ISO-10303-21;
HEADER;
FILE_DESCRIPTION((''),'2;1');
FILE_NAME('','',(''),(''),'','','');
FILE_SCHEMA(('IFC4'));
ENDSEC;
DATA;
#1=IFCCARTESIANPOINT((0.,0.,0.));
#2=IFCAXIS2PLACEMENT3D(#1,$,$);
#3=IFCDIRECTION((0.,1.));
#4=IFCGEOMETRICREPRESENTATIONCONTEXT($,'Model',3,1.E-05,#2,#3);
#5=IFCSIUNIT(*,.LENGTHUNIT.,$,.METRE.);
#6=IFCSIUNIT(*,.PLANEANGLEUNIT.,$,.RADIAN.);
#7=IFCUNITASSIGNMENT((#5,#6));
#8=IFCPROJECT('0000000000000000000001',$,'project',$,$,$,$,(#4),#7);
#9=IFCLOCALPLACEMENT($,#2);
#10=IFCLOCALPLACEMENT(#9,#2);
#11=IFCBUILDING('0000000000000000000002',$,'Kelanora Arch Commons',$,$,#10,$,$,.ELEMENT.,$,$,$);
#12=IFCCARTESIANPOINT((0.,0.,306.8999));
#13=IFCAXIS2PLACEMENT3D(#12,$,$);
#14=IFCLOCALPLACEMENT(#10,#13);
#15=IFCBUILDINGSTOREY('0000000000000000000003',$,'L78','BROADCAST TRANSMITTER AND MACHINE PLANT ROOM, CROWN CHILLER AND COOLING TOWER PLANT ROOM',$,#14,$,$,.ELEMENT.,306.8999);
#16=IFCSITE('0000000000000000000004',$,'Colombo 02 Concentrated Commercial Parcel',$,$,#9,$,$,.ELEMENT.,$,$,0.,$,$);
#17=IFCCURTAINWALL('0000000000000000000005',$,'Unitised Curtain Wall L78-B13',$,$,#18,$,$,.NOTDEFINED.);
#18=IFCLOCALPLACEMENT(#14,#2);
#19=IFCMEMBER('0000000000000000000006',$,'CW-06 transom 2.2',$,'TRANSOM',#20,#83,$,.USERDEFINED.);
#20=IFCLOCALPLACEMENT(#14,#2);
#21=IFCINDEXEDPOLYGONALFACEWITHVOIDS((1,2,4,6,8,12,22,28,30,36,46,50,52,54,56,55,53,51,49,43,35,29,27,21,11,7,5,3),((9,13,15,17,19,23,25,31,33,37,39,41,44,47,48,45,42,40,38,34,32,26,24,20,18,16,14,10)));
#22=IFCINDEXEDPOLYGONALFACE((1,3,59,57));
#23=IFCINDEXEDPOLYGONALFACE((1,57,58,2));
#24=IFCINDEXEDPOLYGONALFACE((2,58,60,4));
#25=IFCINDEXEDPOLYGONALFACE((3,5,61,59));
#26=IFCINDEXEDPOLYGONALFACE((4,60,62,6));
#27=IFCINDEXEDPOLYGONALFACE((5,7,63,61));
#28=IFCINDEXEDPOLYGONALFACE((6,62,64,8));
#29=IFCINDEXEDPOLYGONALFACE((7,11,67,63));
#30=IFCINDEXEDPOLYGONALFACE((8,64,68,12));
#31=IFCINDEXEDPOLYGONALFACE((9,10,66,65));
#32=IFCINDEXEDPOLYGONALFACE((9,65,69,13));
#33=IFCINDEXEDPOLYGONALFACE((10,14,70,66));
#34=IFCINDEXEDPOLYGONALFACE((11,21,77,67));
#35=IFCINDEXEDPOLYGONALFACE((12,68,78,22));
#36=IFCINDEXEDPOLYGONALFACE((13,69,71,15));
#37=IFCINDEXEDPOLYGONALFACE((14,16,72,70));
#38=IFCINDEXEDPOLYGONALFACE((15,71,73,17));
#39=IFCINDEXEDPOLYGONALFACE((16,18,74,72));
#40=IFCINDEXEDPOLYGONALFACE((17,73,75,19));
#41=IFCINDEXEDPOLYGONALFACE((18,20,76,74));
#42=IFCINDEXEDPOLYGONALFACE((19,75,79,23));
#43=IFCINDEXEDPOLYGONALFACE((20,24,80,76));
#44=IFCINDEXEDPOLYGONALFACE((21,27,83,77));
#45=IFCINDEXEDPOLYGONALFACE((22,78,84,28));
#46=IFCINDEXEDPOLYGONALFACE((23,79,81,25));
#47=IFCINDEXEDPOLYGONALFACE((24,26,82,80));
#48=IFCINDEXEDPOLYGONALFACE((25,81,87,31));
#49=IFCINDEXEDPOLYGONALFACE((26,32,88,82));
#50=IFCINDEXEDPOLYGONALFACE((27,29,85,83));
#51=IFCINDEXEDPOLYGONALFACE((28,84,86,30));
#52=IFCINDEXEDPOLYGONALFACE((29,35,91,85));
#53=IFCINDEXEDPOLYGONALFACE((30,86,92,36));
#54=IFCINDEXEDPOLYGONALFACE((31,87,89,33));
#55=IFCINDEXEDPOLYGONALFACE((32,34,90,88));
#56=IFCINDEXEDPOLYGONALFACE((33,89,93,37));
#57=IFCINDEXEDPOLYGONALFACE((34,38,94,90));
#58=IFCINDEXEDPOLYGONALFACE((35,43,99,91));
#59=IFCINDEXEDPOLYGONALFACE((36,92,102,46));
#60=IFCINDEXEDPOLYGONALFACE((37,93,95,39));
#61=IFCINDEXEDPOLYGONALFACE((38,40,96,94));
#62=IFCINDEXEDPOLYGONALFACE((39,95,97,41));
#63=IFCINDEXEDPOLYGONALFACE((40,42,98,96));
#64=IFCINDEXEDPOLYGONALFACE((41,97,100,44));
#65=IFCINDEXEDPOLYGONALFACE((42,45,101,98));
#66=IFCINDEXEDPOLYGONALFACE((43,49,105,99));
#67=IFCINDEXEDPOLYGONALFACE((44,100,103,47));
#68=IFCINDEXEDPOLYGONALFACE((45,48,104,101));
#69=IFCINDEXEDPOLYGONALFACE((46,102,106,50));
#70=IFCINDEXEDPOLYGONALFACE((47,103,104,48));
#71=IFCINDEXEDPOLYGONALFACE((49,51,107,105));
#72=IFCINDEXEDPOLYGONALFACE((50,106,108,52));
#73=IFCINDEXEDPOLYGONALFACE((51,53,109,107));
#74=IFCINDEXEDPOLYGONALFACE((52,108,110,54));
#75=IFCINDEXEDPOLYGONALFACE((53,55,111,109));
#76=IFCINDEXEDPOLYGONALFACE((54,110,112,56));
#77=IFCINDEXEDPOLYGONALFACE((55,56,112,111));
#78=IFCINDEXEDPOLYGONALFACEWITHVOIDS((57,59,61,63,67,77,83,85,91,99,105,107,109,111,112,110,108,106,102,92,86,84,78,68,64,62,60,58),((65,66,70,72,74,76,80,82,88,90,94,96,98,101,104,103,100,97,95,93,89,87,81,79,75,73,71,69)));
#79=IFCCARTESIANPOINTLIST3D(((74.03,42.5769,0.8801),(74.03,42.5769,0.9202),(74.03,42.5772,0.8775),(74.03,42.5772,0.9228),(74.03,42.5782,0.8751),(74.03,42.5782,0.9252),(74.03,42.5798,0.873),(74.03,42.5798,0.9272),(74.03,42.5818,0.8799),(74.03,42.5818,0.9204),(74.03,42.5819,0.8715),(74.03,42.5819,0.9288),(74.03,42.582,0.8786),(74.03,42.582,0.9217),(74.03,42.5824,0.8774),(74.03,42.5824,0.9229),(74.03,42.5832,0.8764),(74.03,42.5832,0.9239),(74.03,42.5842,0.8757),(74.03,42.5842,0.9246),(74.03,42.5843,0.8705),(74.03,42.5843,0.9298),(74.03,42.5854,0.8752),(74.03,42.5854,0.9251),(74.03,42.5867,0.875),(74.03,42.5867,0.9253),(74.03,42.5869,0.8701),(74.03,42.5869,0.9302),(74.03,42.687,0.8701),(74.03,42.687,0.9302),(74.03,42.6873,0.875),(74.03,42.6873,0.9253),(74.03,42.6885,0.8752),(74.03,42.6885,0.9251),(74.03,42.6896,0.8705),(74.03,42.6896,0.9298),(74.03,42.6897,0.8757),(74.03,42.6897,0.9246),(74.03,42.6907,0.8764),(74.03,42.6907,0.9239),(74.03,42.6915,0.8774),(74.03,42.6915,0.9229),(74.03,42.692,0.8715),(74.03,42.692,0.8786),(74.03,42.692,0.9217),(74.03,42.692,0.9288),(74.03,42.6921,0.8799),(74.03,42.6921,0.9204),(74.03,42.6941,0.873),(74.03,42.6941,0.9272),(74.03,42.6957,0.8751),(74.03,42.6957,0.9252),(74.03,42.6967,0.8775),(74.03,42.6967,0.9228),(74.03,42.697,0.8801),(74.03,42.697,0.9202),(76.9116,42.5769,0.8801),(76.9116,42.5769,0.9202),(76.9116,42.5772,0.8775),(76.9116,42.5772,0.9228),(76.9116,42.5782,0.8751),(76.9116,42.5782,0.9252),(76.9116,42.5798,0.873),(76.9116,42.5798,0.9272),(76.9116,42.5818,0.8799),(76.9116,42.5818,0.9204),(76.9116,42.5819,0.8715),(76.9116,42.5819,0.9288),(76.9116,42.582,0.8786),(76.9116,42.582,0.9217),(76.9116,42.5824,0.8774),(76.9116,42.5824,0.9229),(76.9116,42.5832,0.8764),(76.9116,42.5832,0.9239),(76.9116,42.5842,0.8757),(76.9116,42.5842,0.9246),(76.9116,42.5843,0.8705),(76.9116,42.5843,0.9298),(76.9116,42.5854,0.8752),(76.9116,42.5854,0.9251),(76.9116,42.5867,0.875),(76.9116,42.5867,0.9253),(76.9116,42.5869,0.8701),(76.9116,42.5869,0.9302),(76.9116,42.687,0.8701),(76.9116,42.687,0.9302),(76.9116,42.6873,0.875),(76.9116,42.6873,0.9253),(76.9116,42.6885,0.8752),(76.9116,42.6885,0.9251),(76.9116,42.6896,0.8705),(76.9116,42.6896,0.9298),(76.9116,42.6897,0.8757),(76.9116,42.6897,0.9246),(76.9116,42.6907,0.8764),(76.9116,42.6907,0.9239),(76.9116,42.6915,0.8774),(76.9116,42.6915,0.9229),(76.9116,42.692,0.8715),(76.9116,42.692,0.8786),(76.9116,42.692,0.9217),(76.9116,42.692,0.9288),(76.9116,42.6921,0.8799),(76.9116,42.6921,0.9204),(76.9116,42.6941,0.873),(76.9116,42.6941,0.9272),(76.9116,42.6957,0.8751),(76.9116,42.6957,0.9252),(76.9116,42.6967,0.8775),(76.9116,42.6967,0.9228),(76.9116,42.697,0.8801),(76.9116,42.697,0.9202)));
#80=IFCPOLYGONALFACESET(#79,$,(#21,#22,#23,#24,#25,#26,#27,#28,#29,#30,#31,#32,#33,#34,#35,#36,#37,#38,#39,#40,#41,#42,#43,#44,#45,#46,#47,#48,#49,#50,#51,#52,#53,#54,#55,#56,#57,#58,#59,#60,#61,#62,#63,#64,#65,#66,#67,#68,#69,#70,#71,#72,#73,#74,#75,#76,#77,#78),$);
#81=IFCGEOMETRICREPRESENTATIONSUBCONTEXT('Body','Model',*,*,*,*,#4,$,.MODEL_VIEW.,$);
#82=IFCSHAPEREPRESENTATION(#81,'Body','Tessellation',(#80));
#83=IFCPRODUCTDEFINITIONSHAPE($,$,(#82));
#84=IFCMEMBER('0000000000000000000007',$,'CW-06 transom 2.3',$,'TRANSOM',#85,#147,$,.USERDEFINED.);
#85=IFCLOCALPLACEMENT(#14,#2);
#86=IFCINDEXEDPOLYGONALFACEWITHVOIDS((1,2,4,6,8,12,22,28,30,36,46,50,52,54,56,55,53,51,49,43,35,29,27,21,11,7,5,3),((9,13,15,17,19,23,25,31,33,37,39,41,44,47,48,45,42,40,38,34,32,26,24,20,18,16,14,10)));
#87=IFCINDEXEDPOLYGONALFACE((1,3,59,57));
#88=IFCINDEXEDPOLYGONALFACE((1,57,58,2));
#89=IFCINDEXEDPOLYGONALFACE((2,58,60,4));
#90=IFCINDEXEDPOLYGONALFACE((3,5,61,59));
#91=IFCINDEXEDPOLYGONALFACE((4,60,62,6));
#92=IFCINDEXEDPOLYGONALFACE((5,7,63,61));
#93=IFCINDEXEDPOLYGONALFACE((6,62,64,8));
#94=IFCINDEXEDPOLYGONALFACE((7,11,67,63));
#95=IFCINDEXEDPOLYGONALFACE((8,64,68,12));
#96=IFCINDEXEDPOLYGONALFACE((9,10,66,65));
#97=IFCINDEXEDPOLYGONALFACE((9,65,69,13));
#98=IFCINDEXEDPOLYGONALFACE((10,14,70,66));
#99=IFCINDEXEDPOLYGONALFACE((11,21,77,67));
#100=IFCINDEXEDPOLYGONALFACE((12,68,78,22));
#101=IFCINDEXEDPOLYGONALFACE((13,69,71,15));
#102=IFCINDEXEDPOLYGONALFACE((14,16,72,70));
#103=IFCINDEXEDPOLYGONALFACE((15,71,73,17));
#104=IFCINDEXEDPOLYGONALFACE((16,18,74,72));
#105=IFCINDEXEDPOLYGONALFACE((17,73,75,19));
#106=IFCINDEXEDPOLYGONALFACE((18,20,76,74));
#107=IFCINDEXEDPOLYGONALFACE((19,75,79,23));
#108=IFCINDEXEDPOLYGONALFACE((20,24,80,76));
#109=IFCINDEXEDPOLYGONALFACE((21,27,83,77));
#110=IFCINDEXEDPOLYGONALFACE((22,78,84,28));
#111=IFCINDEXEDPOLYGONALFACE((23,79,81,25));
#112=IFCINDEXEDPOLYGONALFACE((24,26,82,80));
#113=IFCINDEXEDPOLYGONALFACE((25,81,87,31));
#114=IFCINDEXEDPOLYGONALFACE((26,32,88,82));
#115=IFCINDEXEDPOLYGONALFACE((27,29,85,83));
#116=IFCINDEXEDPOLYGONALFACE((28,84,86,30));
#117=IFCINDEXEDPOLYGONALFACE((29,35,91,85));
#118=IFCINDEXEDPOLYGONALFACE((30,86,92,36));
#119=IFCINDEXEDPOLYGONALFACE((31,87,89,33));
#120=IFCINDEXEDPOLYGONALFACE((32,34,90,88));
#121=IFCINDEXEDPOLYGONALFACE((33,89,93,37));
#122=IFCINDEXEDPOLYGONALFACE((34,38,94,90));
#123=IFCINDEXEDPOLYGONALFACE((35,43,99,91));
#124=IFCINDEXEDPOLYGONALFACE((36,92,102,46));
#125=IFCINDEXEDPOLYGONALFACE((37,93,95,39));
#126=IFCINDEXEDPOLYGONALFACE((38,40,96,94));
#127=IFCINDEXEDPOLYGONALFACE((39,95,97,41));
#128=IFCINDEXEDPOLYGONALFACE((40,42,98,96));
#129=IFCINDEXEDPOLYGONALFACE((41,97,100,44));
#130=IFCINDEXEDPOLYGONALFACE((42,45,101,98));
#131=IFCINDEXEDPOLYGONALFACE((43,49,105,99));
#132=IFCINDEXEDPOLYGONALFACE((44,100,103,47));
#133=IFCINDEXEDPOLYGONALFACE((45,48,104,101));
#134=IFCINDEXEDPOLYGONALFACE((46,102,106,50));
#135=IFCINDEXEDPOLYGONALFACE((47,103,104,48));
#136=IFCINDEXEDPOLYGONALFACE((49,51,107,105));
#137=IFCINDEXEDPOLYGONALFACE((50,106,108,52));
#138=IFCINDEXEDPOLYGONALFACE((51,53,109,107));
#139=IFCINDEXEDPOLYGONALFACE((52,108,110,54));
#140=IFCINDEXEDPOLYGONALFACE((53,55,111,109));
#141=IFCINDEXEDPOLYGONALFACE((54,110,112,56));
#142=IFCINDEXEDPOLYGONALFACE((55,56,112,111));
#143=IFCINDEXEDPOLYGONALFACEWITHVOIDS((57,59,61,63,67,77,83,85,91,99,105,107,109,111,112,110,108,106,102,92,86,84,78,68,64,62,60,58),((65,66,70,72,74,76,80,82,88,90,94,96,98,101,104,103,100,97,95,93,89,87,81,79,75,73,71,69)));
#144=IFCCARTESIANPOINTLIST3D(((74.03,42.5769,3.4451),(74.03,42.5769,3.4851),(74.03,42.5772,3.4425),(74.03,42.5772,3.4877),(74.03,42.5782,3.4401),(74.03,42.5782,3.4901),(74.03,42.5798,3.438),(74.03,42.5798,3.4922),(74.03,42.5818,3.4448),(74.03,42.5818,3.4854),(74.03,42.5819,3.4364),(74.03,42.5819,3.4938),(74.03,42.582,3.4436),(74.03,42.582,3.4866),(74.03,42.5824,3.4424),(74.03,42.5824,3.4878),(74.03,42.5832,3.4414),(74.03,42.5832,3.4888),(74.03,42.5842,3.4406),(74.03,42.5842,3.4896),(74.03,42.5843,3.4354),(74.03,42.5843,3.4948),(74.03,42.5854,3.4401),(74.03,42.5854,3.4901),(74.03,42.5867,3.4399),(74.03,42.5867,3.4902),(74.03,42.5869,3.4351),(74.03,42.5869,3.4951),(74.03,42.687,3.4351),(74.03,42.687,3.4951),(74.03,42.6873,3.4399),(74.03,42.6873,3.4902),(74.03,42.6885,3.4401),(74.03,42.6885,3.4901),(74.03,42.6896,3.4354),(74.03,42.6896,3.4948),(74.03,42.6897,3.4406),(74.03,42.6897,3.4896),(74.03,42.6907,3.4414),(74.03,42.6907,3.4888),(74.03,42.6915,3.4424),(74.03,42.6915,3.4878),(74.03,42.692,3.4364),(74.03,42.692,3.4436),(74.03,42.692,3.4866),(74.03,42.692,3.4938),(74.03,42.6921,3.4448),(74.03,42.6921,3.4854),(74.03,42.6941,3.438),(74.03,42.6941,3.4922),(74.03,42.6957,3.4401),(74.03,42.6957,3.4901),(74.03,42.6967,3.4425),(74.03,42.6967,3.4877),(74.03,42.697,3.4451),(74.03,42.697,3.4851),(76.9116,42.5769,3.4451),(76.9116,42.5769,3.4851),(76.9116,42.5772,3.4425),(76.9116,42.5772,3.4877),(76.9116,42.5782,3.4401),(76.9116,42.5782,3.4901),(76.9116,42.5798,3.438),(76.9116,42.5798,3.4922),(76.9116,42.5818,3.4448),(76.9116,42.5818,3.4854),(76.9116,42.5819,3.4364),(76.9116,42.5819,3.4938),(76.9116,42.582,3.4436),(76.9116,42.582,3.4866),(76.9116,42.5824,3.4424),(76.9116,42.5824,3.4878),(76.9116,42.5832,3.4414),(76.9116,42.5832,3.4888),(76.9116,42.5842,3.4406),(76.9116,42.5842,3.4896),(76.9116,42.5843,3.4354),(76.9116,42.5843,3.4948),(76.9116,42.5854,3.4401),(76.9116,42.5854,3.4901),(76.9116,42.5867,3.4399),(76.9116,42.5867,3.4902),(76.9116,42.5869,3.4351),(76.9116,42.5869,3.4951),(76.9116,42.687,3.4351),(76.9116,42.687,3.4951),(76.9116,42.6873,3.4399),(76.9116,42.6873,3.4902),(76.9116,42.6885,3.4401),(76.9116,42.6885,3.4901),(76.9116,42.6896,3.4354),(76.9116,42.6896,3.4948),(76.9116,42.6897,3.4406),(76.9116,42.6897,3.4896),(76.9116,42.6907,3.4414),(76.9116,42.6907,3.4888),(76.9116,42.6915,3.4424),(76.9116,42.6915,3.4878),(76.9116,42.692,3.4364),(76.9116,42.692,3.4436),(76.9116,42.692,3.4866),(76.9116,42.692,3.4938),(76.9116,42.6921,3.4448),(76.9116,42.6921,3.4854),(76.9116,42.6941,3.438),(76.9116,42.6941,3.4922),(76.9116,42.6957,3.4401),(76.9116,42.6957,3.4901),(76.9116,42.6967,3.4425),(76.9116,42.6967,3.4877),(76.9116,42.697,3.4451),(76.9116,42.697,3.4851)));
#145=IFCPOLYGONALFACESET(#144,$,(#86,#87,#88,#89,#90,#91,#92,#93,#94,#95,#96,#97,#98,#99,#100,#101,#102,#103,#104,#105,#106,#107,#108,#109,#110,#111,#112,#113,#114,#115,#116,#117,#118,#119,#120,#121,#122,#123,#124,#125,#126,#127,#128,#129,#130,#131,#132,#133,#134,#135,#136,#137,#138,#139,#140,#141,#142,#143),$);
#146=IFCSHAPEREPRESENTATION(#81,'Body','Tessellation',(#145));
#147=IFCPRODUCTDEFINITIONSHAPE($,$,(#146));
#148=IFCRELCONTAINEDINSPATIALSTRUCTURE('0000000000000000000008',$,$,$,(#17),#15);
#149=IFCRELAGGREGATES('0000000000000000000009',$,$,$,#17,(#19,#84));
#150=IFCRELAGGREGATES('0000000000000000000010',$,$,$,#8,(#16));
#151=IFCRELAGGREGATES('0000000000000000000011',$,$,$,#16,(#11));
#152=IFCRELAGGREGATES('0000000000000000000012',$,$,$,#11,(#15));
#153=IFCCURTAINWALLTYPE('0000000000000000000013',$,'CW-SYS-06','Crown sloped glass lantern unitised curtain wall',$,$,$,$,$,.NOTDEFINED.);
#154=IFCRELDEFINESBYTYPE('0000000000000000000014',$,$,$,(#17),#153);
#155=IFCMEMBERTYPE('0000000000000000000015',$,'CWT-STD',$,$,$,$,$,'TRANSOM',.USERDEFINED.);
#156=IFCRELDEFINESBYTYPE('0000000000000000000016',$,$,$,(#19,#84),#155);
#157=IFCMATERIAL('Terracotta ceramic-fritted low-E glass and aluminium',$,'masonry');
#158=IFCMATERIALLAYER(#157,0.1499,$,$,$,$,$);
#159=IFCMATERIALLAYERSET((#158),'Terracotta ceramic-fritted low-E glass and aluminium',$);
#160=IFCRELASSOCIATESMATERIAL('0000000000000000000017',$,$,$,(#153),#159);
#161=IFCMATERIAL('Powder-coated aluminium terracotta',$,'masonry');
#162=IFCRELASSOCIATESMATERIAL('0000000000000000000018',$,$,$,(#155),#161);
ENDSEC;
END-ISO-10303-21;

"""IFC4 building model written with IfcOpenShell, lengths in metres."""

from ifc_helpers import new_model, si_unit, direction, frame, origin, origin_2d, place, context, subcontext, project, spatial, hollow_rectangle, extrude, material, layer, layer_set, material_profile, profile_set, type_object, element, aggregate, save


model = new_model("IFC4")

# Units and contexts
model_context = context("Model", 3, precision=1e-05, world=origin(), true_north=direction((0.0, 1.0)))
body_context = subcontext(model_context, "Body", "Model", "MODEL_VIEW")
ifc_project = project(units=[si_unit("LENGTHUNIT", "METRE"), si_unit("PLANEANGLEUNIT", "RADIAN")], contexts=[model_context])

# Site, building, storey
site_placement = place(None, origin())
site = spatial("IfcSite", under=ifc_project, at=site_placement, Name="Colombo 02 Concentrated Commercial Parcel", CompositionType="ELEMENT", RefElevation=0.0)
building_placement = place(site_placement, origin())
building = spatial("IfcBuilding", under=site, at=building_placement, Name="Kelanora Arch Commons", CompositionType="ELEMENT")
storey_placement = place(building_placement, frame((0.0, 0.0, 306.8999)))
storey = spatial("IfcBuildingStorey", under=building, at=storey_placement, Name="L78", Description="BROADCAST TRANSMITTER AND MACHINE PLANT ROOM, CROWN CHILLER AND COOLING TOWER PLANT ROOM", CompositionType="ELEMENT", Elevation=306.8999)

# Curtain wall
ifc_material_1 = material(Name="Terracotta ceramic-fritted low-E glass and aluminium", Category="masonry")
ifc_layer_1 = layer(ifc_material_1, 0.1499)
ifc_layer_set_1 = layer_set([ifc_layer_1], Name="Terracotta ceramic-fritted low-E glass and aluminium")
curtain_wall_type = type_object("IfcCurtainWallType", Name="CW-SYS-06", Description="Crown sloped glass lantern unitised curtain wall", PredefinedType="NOTDEFINED", material=ifc_layer_set_1)
curtain_wall_1_placement = place(storey_placement, origin())
curtain_wall_1 = element("IfcCurtainWall", 1, at=curtain_wall_1_placement, inside=storey, type_object=curtain_wall_type, Name="Unitised Curtain Wall L78-B13", PredefinedType="NOTDEFINED")
ifc_material_2 = material(Name="Powder-coated aluminium terracotta", Category="masonry")

# Members
ifc_material_profile_1 = material_profile(ifc_material_2, hollow_rectangle(XDim=0.1201, YDim=0.0601, WallThickness=0.0049, InnerFilletRadius=0.0049, OuterFilletRadius=0.01, at=origin_2d()), Name="CWT120x60")
ifc_profile_set_1 = profile_set([ifc_material_profile_1], Name="Powder-coated aluminium terracotta")
member_type_1 = type_object("IfcMemberType", Name="CWT-STD", ElementType="TRANSOM", PredefinedType="USERDEFINED", material=ifc_profile_set_1)
member_1_placement = place(storey_placement, frame((74.03, 42.637, 0.9001), z_axis=(1.0, 0.0, 0.0), x_axis=(0.0, 1.0, 0.0)))
member_1 = element("IfcMember", 2, at=member_1_placement, type_object=member_type_1, Name="CW-06 transom 2.2", ObjectType="TRANSOM", PredefinedType="USERDEFINED", context=body_context, shape_type="SweptSolid", body=[
    extrude(hollow_rectangle(XDim=0.1201, YDim=0.0601, WallThickness=0.0049, InnerFilletRadius=0.0049, OuterFilletRadius=0.01, at=origin_2d()), origin(), (0.0, 0.0, 1.0), 2.8816),
])
member_2_placement = place(storey_placement, frame((74.03, 42.637, 3.4651), z_axis=(1.0, 0.0, 0.0), x_axis=(0.0, 1.0, 0.0)))
member_2 = element("IfcMember", 3, at=member_2_placement, type_object=member_type_1, Name="CW-06 transom 2.3", ObjectType="TRANSOM", PredefinedType="USERDEFINED", context=body_context, shape_type="SweptSolid", body=[
    extrude(hollow_rectangle(XDim=0.1201, YDim=0.0601, WallThickness=0.0049, InnerFilletRadius=0.0049, OuterFilletRadius=0.01, at=origin_2d()), origin(), (0.0, 0.0, 1.0), 2.8816),
])

aggregate(curtain_wall_1, [member_1, member_2])

save(model, "model.ifc")
